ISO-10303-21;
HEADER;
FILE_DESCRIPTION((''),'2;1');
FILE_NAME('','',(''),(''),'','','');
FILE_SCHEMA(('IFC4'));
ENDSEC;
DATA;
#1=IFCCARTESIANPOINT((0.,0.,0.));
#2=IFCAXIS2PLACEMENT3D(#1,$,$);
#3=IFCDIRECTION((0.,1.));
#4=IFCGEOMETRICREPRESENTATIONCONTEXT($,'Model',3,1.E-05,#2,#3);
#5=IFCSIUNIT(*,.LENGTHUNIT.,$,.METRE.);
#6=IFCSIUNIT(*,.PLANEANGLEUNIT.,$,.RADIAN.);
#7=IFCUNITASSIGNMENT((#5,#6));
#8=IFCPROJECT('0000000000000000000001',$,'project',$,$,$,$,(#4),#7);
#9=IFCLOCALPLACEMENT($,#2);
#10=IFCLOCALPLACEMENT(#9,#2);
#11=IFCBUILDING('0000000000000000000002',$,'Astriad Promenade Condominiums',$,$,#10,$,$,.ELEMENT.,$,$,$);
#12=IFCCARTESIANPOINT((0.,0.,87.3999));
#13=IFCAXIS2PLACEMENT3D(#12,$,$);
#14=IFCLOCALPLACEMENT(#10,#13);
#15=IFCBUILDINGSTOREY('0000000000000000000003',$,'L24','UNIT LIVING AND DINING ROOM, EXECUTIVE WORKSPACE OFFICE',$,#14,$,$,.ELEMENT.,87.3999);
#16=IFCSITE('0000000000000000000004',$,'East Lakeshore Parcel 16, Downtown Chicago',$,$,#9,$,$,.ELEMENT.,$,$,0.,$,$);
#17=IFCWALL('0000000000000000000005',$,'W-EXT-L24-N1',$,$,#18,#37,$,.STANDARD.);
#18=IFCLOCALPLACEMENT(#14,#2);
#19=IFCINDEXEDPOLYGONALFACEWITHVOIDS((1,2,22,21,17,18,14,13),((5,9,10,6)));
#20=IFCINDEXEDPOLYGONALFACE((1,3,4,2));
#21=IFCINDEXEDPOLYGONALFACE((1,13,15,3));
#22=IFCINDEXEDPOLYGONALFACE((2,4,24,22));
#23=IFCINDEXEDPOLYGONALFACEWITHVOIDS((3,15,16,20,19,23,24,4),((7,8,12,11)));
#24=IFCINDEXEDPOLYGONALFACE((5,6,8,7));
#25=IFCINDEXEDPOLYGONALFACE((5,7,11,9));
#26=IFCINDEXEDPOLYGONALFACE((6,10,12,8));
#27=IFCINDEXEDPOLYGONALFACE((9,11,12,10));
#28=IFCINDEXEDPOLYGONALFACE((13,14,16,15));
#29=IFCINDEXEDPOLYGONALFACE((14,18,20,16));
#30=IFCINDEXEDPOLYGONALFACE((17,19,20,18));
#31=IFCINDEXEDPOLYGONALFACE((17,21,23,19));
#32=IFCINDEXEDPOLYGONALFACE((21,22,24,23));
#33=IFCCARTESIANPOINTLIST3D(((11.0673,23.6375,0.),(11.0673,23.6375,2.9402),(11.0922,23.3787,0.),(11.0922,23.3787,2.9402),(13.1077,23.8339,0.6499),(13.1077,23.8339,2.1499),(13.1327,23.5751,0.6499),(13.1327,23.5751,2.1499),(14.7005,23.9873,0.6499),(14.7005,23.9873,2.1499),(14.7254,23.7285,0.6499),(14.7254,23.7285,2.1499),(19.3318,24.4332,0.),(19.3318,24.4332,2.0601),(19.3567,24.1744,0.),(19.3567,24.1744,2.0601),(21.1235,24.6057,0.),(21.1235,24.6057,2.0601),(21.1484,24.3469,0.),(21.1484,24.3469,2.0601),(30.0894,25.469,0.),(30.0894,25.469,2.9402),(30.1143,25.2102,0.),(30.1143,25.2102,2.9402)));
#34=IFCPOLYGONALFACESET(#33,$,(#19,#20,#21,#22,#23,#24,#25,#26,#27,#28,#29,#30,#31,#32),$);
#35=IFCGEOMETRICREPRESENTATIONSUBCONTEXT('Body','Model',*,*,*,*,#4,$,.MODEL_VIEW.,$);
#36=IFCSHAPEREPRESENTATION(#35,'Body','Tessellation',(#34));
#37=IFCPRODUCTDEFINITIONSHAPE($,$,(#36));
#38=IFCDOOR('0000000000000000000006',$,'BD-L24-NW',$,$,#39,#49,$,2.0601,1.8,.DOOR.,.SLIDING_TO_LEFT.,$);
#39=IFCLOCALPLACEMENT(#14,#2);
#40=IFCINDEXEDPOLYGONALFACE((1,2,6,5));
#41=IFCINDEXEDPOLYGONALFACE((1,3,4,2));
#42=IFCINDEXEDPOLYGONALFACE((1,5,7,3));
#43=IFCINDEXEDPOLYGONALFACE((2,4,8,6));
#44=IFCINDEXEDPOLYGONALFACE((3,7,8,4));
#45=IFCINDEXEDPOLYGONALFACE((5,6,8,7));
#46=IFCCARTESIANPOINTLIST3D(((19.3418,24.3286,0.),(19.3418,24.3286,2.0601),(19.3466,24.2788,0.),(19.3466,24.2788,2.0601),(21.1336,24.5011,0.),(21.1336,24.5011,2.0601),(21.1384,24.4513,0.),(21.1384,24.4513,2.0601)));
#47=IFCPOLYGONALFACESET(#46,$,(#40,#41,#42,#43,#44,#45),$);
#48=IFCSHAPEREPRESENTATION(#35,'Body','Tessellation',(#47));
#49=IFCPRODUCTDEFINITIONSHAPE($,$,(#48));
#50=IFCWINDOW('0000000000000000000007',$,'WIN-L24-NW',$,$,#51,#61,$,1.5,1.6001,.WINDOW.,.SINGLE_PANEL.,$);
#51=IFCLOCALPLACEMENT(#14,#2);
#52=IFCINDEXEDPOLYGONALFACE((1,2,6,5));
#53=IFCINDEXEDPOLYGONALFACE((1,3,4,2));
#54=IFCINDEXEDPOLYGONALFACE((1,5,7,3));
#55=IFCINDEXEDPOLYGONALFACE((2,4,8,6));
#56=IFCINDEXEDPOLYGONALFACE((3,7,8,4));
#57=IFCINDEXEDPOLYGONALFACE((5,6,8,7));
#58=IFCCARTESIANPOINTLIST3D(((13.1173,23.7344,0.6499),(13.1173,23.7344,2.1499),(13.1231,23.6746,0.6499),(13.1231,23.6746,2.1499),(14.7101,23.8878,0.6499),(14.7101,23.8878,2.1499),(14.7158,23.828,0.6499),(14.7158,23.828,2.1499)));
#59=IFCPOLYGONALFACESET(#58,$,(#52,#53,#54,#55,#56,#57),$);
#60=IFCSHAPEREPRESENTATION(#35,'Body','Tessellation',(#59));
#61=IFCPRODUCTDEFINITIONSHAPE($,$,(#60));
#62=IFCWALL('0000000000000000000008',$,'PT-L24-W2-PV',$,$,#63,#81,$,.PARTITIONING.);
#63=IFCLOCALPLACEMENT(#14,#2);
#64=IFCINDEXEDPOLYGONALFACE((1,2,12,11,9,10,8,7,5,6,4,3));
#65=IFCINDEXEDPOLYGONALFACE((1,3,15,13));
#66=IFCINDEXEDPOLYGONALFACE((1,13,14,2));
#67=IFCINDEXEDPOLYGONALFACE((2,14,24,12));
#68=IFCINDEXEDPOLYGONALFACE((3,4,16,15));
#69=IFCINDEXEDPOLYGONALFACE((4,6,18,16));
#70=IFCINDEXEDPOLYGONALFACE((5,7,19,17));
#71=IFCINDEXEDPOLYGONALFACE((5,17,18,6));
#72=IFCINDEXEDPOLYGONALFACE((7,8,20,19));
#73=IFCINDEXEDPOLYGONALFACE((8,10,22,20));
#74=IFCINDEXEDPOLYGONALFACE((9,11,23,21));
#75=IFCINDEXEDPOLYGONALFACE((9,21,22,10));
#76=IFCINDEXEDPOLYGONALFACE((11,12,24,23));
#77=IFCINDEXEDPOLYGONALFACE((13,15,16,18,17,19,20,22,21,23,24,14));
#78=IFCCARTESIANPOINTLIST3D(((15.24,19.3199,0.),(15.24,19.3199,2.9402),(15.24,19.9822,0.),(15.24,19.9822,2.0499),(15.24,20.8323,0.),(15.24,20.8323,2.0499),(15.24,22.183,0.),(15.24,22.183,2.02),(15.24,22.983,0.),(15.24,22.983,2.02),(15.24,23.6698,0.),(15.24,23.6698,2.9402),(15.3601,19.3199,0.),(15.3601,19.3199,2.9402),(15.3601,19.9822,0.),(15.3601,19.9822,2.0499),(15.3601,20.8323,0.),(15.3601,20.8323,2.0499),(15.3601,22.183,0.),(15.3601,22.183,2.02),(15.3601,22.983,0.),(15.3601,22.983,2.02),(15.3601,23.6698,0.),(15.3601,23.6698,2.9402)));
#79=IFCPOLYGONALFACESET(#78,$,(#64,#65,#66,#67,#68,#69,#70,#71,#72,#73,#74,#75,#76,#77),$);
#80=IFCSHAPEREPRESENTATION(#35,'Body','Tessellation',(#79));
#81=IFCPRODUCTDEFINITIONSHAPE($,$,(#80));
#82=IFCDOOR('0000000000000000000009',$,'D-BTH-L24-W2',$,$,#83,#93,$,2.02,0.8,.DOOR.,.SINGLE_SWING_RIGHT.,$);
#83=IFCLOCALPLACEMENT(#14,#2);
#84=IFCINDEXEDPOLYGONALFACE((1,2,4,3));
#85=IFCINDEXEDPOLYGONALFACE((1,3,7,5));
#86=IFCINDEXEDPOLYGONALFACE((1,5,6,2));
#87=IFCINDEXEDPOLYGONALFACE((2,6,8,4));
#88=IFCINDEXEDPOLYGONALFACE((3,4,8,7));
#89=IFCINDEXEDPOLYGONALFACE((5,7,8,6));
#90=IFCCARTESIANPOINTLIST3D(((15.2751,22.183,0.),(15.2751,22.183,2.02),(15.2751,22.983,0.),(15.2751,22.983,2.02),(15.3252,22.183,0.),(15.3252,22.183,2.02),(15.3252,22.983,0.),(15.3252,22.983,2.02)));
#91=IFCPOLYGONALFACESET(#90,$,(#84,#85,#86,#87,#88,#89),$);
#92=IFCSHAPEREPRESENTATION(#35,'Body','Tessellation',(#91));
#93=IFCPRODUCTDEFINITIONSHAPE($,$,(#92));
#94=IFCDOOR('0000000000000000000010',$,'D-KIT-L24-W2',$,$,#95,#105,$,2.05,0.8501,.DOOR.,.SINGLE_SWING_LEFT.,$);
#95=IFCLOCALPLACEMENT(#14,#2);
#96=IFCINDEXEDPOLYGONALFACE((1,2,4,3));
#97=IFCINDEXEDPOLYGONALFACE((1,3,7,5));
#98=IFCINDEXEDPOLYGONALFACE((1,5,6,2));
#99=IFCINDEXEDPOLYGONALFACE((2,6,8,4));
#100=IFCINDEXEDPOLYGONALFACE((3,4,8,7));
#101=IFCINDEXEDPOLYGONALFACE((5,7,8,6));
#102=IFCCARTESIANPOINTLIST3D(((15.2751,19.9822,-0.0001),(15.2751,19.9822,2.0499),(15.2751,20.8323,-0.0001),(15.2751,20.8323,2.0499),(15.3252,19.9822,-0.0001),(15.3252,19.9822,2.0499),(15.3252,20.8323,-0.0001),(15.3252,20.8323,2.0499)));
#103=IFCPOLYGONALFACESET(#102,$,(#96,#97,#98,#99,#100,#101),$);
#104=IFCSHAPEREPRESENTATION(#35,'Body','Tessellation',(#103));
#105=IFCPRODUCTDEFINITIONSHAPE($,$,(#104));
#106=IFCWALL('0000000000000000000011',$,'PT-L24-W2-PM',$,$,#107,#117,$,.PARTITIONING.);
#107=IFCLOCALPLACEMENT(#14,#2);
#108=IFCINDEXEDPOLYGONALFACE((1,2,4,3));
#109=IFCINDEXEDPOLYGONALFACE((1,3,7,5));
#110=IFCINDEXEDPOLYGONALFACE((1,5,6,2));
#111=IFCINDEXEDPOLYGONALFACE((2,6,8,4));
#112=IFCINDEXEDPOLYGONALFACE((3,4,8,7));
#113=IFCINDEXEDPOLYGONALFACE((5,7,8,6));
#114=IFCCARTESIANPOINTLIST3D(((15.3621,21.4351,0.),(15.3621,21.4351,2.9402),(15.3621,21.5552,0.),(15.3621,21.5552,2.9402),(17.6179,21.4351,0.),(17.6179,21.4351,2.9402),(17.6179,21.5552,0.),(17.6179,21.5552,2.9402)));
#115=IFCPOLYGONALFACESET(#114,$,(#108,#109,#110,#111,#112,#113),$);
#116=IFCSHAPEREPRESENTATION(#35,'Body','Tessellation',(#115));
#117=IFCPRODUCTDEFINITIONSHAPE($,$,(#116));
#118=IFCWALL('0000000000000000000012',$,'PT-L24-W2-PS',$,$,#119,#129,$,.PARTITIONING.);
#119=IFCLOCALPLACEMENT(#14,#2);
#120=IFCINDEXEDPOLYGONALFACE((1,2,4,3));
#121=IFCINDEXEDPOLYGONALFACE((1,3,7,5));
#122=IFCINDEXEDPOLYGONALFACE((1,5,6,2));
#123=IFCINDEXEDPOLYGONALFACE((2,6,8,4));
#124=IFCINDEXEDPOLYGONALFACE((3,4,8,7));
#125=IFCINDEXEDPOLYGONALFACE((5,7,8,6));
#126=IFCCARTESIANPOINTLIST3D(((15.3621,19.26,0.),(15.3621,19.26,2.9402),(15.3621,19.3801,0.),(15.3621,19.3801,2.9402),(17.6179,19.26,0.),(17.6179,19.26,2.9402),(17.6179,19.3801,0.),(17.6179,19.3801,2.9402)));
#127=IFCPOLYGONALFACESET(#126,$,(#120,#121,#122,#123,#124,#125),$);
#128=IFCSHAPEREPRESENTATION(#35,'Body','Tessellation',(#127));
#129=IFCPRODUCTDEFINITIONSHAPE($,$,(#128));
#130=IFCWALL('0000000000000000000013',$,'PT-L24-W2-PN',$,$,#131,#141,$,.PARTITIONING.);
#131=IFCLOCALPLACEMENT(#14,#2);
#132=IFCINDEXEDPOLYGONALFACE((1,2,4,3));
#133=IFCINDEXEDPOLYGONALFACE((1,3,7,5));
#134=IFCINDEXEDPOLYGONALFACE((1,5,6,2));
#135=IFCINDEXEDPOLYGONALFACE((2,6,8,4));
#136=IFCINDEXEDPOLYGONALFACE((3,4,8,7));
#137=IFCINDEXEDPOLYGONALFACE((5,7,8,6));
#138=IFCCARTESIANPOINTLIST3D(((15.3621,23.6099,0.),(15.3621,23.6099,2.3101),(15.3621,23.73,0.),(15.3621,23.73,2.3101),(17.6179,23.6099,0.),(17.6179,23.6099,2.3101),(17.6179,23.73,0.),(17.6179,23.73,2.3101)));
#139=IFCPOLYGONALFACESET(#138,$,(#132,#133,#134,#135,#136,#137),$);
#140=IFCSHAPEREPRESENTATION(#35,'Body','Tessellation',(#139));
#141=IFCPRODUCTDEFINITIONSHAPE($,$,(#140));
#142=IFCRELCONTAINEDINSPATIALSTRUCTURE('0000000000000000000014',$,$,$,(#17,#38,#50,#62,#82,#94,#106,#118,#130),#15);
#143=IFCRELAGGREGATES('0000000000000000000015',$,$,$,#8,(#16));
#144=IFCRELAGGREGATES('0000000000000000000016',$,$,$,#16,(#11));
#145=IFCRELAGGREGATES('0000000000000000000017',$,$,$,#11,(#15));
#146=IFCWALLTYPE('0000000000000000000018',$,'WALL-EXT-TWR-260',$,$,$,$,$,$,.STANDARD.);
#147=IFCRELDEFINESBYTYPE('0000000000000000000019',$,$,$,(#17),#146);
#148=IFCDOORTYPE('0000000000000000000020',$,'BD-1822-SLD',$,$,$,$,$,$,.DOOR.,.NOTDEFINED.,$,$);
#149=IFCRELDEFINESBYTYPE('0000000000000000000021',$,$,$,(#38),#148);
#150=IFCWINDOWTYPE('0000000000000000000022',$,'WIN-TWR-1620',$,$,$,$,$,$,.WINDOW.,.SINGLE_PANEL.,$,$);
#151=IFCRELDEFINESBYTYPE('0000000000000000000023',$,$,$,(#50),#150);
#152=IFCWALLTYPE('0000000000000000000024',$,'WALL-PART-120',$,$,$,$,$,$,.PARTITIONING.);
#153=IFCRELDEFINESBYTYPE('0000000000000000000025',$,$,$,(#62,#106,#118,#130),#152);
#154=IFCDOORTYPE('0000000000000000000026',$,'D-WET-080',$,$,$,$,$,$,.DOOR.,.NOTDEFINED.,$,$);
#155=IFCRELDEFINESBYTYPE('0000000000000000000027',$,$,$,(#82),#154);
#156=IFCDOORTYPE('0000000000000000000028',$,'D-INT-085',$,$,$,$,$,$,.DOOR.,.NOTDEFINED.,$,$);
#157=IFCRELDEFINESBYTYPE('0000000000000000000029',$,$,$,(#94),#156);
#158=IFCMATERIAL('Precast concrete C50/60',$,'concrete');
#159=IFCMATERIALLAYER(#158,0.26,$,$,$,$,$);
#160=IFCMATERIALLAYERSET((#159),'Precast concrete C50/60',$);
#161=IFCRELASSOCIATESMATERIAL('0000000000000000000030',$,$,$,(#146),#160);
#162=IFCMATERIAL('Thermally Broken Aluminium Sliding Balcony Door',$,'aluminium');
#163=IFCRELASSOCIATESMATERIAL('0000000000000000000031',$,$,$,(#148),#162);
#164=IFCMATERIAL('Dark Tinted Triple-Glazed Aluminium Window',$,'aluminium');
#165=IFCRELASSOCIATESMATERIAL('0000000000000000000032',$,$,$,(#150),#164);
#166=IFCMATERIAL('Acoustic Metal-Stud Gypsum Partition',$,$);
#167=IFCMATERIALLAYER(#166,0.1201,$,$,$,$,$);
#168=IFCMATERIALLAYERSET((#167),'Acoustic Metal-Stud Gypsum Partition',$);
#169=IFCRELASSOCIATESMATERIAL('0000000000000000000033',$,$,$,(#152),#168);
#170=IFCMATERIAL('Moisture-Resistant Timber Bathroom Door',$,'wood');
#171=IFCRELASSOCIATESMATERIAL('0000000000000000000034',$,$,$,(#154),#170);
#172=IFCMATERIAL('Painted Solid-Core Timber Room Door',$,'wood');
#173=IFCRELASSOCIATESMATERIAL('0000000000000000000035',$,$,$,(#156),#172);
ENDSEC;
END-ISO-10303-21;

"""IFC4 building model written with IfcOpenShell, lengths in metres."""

from ifc_helpers import new_model, si_unit, direction, frame, frame_2d, origin, place, context, subcontext, project, spatial, rectangle, extrude, source, transform, mapped, material, layer, layer_set, type_object, type_shapes, element, fill, save


model = new_model("IFC4")

# Units and contexts
model_context = context("Model", 3, precision=1e-05, world=origin(), true_north=direction((0.0, 1.0)))
body_context = subcontext(model_context, "Body", "Model", "MODEL_VIEW")
ifc_project = project(units=[si_unit("LENGTHUNIT", "METRE"), si_unit("PLANEANGLEUNIT", "RADIAN")], contexts=[model_context])

# Site, building, storey
site_placement = place(None, origin())
site = spatial("IfcSite", under=ifc_project, at=site_placement, Name="East Lakeshore Parcel 16, Downtown Chicago", CompositionType="ELEMENT", RefElevation=0.0)
building_placement = place(site_placement, origin())
building = spatial("IfcBuilding", under=site, at=building_placement, Name="Astriad Promenade Condominiums", CompositionType="ELEMENT")
storey_placement = place(building_placement, frame((0.0, 0.0, 87.3999)))
storey = spatial("IfcBuildingStorey", under=building, at=storey_placement, Name="L24", Description="UNIT LIVING AND DINING ROOM, EXECUTIVE WORKSPACE OFFICE", CompositionType="ELEMENT", Elevation=87.3999)

# Shared definitions
ifc_material_1 = material(Name="Precast concrete C50/60", Category="concrete")
ifc_layer_1 = layer(ifc_material_1, 0.26)
ifc_layer_set_1 = layer_set([ifc_layer_1], Name="Precast concrete C50/60")
wall_type_1 = type_object("IfcWallType", Name="WALL-EXT-TWR-260", PredefinedType="STANDARD", material=ifc_layer_set_1)

# Wall, openings, door, window
wall_1_placement = place(storey_placement, frame((11.0796, 23.5081, 0.0), z_axis=(0.0, 0.0, 1.0), x_axis=(0.995397, 0.095841, 0.0)))
wall_1 = element("IfcWall", 1, at=wall_1_placement, inside=storey, type_object=wall_type_1, Name="W-EXT-L24-N1", PredefinedType="STANDARD", context=body_context, shape_type="SweptSolid", body=[
    extrude(rectangle(XDim=19.1101, YDim=0.26, at=frame_2d((9.5552, 0.0))), origin(), (0.0, 0.0, 1.0), 2.9402),
])
opening_1_placement = place(wall_1_placement, frame((8.303, 0.0, 0.0)))
opening_1 = element("IfcOpeningElement", 2, at=opening_1_placement, cuts=wall_1, PredefinedType="OPENING", context=body_context, shape_type="SweptSolid", body=[
    extrude(rectangle(XDim=1.8, YDim=2.0601, at=frame_2d((0.8999, 1.03))), frame((0.0, 0.1399, 0.0), z_axis=(0.0, -1.0, 0.0), x_axis=(1.0, 0.0, 0.0)), (0.0, 0.0, 1.0), 0.28),
])
opening_2_placement = place(wall_1_placement, frame((2.05, 0.0, 0.6499)))
opening_2 = element("IfcOpeningElement", 3, at=opening_2_placement, cuts=wall_1, PredefinedType="OPENING", context=body_context, shape_type="SweptSolid", body=[
    extrude(rectangle(XDim=1.6001, YDim=1.5, at=frame_2d((0.8, 0.75))), frame((0.0, 0.1399, 0.0), z_axis=(0.0, -1.0, 0.0), x_axis=(1.0, 0.0, 0.0)), (0.0, 0.0, 1.0), 0.28),
])
ifc_material_2 = material(Name="Thermally Broken Aluminium Sliding Balcony Door", Category="aluminium")
door_type_1 = type_object("IfcDoorType", Name="BD-1822-SLD", OperationType="NOTDEFINED", PredefinedType="DOOR", material=ifc_material_2)
shared_shape_1 = source(origin(), body_context, "Body", "SweptSolid", [
    extrude(rectangle(XDim=1.8, YDim=2.0601, at=frame_2d((0.8999, 1.03))), frame((0.0, 0.0249, 0.0), z_axis=(0.0, -1.0, 0.0), x_axis=(1.0, 0.0, 0.0)), (0.0, 0.0, 1.0), 0.05),
])
type_shapes(door_type_1, [shared_shape_1])
door_1_placement = place(opening_1_placement, origin())
door_1 = element("IfcDoor", 4, at=door_1_placement, inside=storey, type_object=door_type_1, Name="BD-L24-NW", OperationType="SLIDING_TO_LEFT", OverallHeight=2.0601, OverallWidth=1.8, PredefinedType="DOOR", context=body_context, shape_type="MappedRepresentation", body=[
    mapped(shared_shape_1, transform((0.0, 0.0, 0.0), scale=1.0)),
])
fill(opening_1, door_1)
ifc_material_3 = material(Name="Dark Tinted Triple-Glazed Aluminium Window", Category="aluminium")
window_type = type_object("IfcWindowType", Name="WIN-TWR-1620", PartitioningType="SINGLE_PANEL", PredefinedType="WINDOW", material=ifc_material_3)
shared_shape_2 = source(origin(), body_context, "Body", "SweptSolid", [
    extrude(rectangle(XDim=1.6001, YDim=1.5, at=frame_2d((0.8, 0.75))), frame((0.0, 0.03, 0.0), z_axis=(0.0, -1.0, 0.0), x_axis=(1.0, 0.0, 0.0)), (0.0, 0.0, 1.0), 0.0601),
])
type_shapes(window_type, [shared_shape_2])
window_placement = place(opening_2_placement, origin())
window = element("IfcWindow", 5, at=window_placement, inside=storey, type_object=window_type, Name="WIN-L24-NW", OverallHeight=1.5, OverallWidth=1.6001, PartitioningType="SINGLE_PANEL", PredefinedType="WINDOW", context=body_context, shape_type="MappedRepresentation", body=[
    mapped(shared_shape_2, transform((0.0, 0.0, 0.0), scale=1.0)),
])
fill(opening_2, window)

# Wall, openings, doors
ifc_material_4 = material(Name="Acoustic Metal-Stud Gypsum Partition")
ifc_layer_2 = layer(ifc_material_4, 0.1201)
ifc_layer_set_2 = layer_set([ifc_layer_2], Name="Acoustic Metal-Stud Gypsum Partition")
wall_type_2 = type_object("IfcWallType", Name="WALL-PART-120", PredefinedType="PARTITIONING", material=ifc_layer_set_2)
wall_2_placement = place(storey_placement, frame((15.3, 19.3201, 0.0), z_axis=(0.0, 0.0, 1.0), x_axis=(0.0, 1.0, 0.0)))
wall_2 = element("IfcWall", 6, at=wall_2_placement, inside=storey, type_object=wall_type_2, Name="PT-L24-W2-PV", PredefinedType="PARTITIONING", context=body_context, shape_type="SweptSolid", body=[
    extrude(rectangle(XDim=4.3499, YDim=0.1201, at=frame_2d((2.1748, 0.0))), origin(), (0.0, 0.0, 1.0), 2.9402),
])
opening_3_placement = place(wall_2_placement, frame((0.6621, 0.0, 0.0)))
opening_3 = element("IfcOpeningElement", 7, at=opening_3_placement, cuts=wall_2, PredefinedType="OPENING", context=body_context, shape_type="SweptSolid", body=[
    extrude(rectangle(XDim=0.8501, YDim=2.05, at=frame_2d((0.425, 1.0249))), frame((0.0, 0.0701, 0.0), z_axis=(0.0, -1.0, 0.0), x_axis=(1.0, 0.0, 0.0)), (0.0, 0.0, 1.0), 0.1401),
])
opening_4_placement = place(wall_2_placement, frame((2.863, 0.0, 0.0)))
opening_4 = element("IfcOpeningElement", 8, at=opening_4_placement, cuts=wall_2, PredefinedType="OPENING", context=body_context, shape_type="SweptSolid", body=[
    extrude(rectangle(XDim=0.8, YDim=2.02, at=frame_2d((0.3999, 1.01))), frame((0.0, 0.0701, 0.0), z_axis=(0.0, -1.0, 0.0), x_axis=(1.0, 0.0, 0.0)), (0.0, 0.0, 1.0), 0.1401),
])
ifc_material_5 = material(Name="Moisture-Resistant Timber Bathroom Door", Category="wood")
door_type_2 = type_object("IfcDoorType", Name="D-WET-080", OperationType="NOTDEFINED", PredefinedType="DOOR", material=ifc_material_5)
shared_shape_3 = source(origin(), body_context, "Body", "SweptSolid", [
    extrude(rectangle(XDim=0.8, YDim=2.02, at=frame_2d((0.3999, 1.01))), frame((0.0, 0.0249, 0.0), z_axis=(0.0, -1.0, 0.0), x_axis=(1.0, 0.0, 0.0)), (0.0, 0.0, 1.0), 0.05),
])
type_shapes(door_type_2, [shared_shape_3])
door_2_placement = place(opening_4_placement, origin())
door_2 = element("IfcDoor", 9, at=door_2_placement, inside=storey, type_object=door_type_2, Name="D-BTH-L24-W2", OperationType="SINGLE_SWING_RIGHT", OverallHeight=2.02, OverallWidth=0.8, PredefinedType="DOOR", context=body_context, shape_type="MappedRepresentation", body=[
    mapped(shared_shape_3, transform((0.0, 0.0, 0.0), scale=1.0)),
])
fill(opening_4, door_2)
ifc_material_6 = material(Name="Painted Solid-Core Timber Room Door", Category="wood")
door_type_3 = type_object("IfcDoorType", Name="D-INT-085", OperationType="NOTDEFINED", PredefinedType="DOOR", material=ifc_material_6)
shared_shape_4 = source(origin(), body_context, "Body", "SweptSolid", [
    extrude(rectangle(XDim=0.8501, YDim=2.05, at=frame_2d((0.425, 1.0249))), frame((0.0, 0.0249, 0.0), z_axis=(0.0, -1.0, 0.0), x_axis=(1.0, 0.0, 0.0)), (0.0, 0.0, 1.0), 0.05),
])
type_shapes(door_type_3, [shared_shape_4])
door_3_placement = place(opening_3_placement, origin())
door_3 = element("IfcDoor", 10, at=door_3_placement, inside=storey, type_object=door_type_3, Name="D-KIT-L24-W2", OperationType="SINGLE_SWING_LEFT", OverallHeight=2.05, OverallWidth=0.8501, PredefinedType="DOOR", context=body_context, shape_type="MappedRepresentation", body=[
    mapped(shared_shape_4, transform((0.0, 0.0, 0.0), scale=1.0)),
])
fill(opening_3, door_3)

# Walls
for number, where, z_axis, x_axis, name in (
    (11, (15.3621, 21.4951, 0.0), (0.0, 0.0, 1.0), (1.0, 0.0, 0.0), "PT-L24-W2-PM"),
    (12, (15.3621, 19.3201, 0.0), (0.0, 0.0, 1.0), (1.0, 0.0, 0.0), "PT-L24-W2-PS"),
):
    element("IfcWall", number, at=place(storey_placement, frame(where, z_axis=z_axis, x_axis=x_axis)), inside=storey, type_object=wall_type_2, Name=name, PredefinedType="PARTITIONING", context=body_context, shape_type="SweptSolid", body=[
        extrude(rectangle(XDim=2.2559, YDim=0.1201, at=frame_2d((1.1279, 0.0))), origin(), (0.0, 0.0, 1.0), 2.9402),
    ])
wall_3_placement = place(storey_placement, frame((15.3621, 23.6699, 0.0), z_axis=(0.0, 0.0, 1.0), x_axis=(1.0, 0.0, 0.0)))
element("IfcWall", 13, at=wall_3_placement, inside=storey, type_object=wall_type_2, Name="PT-L24-W2-PN", PredefinedType="PARTITIONING", context=body_context, shape_type="SweptSolid", body=[
    extrude(rectangle(XDim=2.2559, YDim=0.1201, at=frame_2d((1.1279, 0.0))), origin(), (0.0, 0.0, 1.0), 2.3101),
])

save(model, "model.ifc")
